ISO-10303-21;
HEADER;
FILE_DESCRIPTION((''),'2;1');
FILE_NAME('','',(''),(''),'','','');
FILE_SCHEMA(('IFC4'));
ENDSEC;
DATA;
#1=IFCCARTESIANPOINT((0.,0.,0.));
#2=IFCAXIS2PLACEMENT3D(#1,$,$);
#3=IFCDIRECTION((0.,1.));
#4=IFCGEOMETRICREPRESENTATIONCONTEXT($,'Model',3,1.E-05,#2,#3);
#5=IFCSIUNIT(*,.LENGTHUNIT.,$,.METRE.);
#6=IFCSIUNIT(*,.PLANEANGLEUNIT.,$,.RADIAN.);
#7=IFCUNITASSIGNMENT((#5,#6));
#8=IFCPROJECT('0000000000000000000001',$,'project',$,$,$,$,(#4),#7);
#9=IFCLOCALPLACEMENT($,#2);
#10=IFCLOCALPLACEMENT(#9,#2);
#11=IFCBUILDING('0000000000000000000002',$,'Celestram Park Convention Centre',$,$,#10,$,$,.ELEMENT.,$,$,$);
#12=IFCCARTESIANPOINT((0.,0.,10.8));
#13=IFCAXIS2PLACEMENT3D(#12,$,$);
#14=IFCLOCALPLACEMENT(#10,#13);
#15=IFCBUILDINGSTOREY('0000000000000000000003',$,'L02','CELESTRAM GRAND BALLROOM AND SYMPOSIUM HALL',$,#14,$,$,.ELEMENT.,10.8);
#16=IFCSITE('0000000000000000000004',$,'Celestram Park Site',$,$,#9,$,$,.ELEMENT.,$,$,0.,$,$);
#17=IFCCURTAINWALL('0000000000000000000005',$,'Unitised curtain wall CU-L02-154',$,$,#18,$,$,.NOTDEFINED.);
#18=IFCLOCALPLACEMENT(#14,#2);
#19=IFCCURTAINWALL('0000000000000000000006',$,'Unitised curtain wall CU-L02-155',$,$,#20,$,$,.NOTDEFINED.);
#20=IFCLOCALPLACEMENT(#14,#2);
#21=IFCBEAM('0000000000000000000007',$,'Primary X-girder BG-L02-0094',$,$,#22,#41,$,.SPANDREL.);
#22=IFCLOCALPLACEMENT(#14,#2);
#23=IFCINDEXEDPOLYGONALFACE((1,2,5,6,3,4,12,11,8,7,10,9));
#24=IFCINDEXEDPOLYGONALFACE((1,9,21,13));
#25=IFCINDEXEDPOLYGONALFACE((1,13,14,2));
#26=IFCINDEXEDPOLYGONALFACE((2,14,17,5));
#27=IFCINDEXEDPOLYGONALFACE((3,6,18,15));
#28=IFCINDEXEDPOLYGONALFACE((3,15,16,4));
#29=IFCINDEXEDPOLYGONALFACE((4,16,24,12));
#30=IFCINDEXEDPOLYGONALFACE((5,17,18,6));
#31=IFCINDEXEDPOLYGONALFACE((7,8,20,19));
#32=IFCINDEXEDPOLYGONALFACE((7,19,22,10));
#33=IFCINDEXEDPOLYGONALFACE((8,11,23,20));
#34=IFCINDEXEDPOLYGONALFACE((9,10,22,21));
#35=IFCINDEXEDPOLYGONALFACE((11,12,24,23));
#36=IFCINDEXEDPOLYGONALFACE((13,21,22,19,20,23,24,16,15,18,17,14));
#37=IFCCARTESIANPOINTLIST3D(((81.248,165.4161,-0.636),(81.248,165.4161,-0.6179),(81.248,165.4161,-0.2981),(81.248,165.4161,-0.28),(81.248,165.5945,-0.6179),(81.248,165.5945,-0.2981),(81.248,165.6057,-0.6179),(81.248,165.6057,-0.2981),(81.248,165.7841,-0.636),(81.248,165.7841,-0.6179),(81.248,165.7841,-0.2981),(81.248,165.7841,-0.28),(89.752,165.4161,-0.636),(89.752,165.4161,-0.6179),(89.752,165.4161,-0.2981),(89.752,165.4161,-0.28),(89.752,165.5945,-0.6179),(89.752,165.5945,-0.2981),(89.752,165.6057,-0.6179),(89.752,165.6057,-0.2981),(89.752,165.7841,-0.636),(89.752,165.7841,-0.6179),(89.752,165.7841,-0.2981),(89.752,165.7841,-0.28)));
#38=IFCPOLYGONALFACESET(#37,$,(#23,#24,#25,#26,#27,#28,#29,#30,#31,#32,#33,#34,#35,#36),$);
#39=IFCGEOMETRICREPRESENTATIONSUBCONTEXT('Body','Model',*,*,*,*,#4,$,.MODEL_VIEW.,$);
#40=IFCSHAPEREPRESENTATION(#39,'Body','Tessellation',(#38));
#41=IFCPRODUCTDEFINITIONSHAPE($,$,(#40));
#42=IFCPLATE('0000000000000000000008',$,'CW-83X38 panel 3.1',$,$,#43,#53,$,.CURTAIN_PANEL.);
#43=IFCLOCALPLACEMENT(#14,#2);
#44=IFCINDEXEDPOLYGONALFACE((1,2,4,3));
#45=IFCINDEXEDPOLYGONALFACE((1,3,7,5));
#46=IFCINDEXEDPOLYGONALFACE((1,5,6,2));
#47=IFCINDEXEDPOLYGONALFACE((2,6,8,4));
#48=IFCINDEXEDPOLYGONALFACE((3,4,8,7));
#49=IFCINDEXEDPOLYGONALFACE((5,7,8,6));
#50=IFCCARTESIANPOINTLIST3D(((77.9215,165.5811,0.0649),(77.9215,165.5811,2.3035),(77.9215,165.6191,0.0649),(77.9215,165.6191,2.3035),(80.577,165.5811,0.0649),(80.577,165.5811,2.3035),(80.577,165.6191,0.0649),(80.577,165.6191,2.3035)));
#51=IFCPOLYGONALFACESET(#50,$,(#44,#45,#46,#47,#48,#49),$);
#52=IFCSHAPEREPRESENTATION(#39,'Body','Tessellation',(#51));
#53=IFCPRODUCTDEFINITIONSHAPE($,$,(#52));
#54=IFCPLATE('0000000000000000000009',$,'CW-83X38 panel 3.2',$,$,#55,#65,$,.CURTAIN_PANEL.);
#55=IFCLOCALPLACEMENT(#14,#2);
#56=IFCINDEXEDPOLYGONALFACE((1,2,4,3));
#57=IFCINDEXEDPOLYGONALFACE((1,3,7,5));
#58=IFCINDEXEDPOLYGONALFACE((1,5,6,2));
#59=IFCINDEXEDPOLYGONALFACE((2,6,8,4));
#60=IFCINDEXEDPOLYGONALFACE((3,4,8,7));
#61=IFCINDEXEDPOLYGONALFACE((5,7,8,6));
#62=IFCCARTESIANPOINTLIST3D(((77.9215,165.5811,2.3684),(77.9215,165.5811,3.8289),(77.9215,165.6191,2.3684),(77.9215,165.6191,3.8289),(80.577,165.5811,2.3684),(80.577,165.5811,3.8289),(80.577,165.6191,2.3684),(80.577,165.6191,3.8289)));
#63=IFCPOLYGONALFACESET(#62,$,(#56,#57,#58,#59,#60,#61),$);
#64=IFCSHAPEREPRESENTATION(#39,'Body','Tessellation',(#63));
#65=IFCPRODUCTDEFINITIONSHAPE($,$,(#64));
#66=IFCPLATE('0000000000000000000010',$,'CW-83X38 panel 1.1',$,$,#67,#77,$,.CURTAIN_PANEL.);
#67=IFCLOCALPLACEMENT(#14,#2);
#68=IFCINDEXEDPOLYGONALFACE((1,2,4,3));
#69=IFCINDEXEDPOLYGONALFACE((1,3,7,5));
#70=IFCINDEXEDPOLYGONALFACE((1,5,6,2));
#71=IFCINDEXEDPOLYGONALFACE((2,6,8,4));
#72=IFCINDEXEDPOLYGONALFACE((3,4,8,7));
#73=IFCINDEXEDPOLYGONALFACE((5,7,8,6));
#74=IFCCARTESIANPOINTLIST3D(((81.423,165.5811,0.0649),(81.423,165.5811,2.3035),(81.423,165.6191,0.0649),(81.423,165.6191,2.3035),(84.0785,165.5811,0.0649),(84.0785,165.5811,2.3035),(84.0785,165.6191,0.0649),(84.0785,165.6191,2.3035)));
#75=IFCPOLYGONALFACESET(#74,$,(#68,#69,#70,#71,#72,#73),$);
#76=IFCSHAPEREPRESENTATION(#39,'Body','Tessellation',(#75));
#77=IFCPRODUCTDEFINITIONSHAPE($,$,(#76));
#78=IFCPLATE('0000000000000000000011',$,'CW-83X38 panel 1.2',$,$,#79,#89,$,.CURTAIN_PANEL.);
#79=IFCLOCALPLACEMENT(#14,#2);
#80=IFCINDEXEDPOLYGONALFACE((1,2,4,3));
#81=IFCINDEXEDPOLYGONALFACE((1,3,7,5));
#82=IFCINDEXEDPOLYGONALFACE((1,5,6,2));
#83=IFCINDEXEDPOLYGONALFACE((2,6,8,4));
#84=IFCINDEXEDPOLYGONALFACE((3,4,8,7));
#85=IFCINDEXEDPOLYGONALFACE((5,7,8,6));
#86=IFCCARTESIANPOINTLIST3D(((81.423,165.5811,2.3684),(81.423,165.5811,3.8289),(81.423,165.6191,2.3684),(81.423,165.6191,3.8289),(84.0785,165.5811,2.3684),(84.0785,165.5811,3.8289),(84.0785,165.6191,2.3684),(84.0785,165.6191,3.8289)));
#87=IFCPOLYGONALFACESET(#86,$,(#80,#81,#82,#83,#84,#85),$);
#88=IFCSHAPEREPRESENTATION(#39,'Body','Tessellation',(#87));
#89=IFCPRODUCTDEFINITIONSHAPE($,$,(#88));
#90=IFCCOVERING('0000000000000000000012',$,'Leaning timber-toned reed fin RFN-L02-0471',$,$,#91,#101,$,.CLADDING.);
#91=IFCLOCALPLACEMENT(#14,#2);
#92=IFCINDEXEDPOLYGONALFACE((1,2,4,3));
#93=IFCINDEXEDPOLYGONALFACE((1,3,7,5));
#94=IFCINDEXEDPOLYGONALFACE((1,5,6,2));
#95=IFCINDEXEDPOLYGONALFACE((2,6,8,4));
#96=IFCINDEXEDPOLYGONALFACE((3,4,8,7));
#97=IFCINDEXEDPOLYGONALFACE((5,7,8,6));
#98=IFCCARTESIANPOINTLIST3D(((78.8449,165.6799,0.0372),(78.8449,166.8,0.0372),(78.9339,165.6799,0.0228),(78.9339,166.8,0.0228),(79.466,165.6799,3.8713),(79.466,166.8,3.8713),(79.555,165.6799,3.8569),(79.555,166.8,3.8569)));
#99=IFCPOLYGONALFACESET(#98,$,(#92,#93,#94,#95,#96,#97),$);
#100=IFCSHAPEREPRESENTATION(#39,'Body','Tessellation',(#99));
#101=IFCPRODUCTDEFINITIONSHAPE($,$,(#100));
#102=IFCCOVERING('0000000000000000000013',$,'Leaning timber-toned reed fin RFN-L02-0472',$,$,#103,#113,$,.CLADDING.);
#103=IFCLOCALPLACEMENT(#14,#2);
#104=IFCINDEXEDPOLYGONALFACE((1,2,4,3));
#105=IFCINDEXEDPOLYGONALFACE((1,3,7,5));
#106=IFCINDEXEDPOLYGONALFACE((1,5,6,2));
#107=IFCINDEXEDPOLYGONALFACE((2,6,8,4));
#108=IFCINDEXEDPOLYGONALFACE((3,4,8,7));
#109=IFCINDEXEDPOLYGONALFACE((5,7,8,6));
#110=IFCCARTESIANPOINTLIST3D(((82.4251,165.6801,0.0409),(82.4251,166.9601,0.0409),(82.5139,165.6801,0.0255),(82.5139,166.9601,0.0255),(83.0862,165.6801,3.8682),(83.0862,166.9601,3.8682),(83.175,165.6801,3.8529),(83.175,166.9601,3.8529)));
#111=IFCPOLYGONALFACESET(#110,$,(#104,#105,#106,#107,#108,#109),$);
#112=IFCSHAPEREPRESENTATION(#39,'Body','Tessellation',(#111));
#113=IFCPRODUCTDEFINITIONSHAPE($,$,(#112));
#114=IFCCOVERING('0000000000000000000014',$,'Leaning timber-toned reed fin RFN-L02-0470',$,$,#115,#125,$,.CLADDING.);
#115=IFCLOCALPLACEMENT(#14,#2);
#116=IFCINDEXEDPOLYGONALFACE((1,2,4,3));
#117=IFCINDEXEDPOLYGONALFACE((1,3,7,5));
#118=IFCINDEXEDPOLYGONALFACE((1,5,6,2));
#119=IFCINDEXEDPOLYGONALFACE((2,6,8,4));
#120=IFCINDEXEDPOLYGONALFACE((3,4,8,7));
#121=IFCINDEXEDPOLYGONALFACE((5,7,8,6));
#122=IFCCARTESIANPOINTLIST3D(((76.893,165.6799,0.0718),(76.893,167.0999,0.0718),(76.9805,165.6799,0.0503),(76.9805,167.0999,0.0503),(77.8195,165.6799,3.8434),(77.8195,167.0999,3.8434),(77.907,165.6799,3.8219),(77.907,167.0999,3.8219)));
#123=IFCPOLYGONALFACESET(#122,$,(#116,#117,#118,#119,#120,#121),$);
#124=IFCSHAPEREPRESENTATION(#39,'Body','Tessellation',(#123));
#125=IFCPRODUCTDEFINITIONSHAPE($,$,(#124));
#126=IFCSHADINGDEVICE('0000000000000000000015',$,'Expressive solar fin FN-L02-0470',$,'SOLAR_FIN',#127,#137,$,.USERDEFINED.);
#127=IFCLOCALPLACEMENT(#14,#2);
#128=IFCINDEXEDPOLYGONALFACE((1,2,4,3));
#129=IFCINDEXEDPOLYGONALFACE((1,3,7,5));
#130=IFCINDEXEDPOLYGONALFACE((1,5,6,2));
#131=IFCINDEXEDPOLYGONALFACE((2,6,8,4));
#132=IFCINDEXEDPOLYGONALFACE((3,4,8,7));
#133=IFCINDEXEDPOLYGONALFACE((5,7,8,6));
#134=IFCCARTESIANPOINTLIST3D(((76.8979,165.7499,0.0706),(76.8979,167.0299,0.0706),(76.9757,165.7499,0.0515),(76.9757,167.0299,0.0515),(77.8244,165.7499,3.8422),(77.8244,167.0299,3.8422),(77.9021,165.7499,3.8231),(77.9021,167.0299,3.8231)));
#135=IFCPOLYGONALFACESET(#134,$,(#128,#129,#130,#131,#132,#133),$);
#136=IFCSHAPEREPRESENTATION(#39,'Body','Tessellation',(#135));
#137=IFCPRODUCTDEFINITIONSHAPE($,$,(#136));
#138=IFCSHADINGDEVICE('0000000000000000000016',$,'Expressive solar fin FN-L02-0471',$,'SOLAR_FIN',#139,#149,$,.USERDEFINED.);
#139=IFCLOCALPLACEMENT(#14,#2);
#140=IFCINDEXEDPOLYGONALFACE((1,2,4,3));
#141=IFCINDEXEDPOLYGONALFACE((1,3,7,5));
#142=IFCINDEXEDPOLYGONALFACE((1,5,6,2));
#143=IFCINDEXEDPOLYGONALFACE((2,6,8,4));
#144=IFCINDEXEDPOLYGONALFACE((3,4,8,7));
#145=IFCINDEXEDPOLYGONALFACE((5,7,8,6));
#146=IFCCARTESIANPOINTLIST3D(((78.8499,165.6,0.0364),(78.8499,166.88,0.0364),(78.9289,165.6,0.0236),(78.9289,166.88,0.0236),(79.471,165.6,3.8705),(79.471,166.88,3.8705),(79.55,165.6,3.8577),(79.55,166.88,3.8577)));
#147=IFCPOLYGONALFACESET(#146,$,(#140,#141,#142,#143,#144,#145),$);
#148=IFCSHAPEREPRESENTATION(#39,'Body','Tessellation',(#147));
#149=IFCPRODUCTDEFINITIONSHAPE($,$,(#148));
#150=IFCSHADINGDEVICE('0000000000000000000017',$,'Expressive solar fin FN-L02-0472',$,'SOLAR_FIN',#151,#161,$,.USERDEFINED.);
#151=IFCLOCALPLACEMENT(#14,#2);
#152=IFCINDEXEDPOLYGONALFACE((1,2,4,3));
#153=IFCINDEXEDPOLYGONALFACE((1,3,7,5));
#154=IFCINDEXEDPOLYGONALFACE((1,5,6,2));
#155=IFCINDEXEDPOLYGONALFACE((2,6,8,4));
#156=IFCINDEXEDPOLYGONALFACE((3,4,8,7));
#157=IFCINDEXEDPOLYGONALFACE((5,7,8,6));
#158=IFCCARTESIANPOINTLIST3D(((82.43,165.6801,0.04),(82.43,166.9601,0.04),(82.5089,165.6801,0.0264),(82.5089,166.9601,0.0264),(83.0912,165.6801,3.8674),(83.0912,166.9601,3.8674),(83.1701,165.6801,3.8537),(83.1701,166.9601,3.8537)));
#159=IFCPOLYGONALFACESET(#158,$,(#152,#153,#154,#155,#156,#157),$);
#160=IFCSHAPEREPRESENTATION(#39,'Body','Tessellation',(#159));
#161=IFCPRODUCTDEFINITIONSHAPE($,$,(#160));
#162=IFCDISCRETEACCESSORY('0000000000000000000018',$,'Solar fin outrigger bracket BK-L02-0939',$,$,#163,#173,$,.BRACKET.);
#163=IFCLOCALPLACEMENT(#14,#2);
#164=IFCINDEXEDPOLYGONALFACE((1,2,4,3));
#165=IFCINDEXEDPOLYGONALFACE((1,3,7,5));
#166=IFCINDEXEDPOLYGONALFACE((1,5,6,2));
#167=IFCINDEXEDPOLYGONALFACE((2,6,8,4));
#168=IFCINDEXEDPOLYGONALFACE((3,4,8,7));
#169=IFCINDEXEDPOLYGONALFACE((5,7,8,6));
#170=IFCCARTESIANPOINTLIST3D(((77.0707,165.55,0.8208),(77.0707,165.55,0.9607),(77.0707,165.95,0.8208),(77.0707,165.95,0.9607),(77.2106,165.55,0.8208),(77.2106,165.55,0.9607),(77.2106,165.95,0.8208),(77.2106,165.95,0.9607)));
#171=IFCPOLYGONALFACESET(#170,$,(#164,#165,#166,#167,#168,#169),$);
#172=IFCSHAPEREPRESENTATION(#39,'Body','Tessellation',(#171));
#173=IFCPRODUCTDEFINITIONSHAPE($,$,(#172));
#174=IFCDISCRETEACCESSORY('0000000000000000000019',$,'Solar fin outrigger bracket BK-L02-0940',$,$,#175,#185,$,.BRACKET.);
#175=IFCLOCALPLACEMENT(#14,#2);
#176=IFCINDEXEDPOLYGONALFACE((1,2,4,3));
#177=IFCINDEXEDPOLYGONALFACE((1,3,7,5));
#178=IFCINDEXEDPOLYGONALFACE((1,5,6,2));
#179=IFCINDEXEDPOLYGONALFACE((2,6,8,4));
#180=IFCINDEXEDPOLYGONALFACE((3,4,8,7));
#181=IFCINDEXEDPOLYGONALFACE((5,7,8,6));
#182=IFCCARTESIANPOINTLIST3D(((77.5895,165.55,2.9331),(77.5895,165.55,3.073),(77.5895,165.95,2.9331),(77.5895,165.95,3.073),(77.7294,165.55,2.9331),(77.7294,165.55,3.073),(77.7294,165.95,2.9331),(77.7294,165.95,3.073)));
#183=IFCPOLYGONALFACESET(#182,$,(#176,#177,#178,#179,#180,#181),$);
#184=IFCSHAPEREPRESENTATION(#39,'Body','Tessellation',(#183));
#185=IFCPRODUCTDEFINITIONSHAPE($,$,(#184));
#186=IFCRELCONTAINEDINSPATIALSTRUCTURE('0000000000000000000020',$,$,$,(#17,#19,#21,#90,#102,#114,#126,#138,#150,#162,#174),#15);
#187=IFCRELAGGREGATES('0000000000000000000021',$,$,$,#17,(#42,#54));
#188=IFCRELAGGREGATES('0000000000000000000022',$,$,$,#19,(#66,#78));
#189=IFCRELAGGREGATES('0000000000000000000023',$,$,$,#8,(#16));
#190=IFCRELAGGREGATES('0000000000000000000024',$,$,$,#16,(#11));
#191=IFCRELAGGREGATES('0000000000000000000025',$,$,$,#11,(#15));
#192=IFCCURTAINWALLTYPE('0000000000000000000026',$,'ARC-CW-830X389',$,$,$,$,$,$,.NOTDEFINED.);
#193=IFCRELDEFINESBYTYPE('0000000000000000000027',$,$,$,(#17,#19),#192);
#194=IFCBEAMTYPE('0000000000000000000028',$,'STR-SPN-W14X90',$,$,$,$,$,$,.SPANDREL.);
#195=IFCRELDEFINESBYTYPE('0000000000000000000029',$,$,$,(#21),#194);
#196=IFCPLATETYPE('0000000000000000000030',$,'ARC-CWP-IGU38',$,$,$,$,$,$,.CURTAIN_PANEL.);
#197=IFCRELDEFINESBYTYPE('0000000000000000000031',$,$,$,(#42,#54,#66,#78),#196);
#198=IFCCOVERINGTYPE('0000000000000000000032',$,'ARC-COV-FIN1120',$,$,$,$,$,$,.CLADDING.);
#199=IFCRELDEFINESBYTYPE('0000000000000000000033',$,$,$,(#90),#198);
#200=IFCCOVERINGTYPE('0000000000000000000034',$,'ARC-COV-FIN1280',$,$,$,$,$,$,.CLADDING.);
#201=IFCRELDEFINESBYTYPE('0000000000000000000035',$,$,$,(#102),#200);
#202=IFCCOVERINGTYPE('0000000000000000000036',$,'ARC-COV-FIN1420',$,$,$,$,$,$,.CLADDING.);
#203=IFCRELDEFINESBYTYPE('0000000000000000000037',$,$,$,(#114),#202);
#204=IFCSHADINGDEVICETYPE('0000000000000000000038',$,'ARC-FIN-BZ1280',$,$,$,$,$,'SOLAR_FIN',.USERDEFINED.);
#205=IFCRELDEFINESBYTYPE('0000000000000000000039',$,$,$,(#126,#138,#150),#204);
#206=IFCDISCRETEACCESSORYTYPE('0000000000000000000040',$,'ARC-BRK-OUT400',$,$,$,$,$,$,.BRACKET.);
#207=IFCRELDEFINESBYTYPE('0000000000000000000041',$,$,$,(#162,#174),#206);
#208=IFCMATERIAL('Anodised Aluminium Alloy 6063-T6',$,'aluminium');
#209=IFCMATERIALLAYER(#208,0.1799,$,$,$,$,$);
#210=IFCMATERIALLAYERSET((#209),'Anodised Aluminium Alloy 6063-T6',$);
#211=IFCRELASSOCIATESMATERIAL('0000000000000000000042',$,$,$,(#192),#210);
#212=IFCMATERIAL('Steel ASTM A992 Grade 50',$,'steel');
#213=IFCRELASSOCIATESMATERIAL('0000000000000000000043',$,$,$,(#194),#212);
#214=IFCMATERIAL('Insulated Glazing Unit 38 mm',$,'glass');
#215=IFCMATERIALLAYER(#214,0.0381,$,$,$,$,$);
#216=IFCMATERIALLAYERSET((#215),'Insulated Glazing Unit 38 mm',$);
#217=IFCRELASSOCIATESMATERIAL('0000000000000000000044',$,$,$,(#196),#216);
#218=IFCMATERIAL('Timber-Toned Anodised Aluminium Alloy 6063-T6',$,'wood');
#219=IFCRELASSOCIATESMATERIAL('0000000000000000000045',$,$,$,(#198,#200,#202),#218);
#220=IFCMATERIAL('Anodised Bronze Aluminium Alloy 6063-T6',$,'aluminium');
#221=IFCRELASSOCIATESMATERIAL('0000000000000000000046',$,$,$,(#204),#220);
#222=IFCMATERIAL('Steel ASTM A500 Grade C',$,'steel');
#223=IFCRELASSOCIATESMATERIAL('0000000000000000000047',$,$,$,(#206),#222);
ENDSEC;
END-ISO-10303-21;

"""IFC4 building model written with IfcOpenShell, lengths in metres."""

from ifc_helpers import new_model, si_unit, direction, frame, origin, origin_2d, place, context, subcontext, project, spatial, rectangle, i_section, extrude, material, layer, layer_set, material_profile, profile_set, type_object, element, aggregate, save


model = new_model("IFC4")

# Units and contexts
model_context = context("Model", 3, precision=1e-05, world=origin(), true_north=direction((0.0, 1.0)))
body_context = subcontext(model_context, "Body", "Model", "MODEL_VIEW")
ifc_project = project(units=[si_unit("LENGTHUNIT", "METRE"), si_unit("PLANEANGLEUNIT", "RADIAN")], contexts=[model_context])

# Site, building, storey
site_placement = place(None, origin())
site = spatial("IfcSite", under=ifc_project, at=site_placement, Name="Celestram Park Site", CompositionType="ELEMENT", RefElevation=0.0)
building_placement = place(site_placement, origin())
building = spatial("IfcBuilding", under=site, at=building_placement, Name="Celestram Park Convention Centre", CompositionType="ELEMENT")
storey_placement = place(building_placement, frame((0.0, 0.0, 10.8)))
storey = spatial("IfcBuildingStorey", under=building, at=storey_placement, Name="L02", Description="CELESTRAM GRAND BALLROOM AND SYMPOSIUM HALL", CompositionType="ELEMENT", Elevation=10.8)

# Curtain wall
ifc_material_1 = material(Name="Anodised Aluminium Alloy 6063-T6", Category="aluminium")
ifc_layer_1 = layer(ifc_material_1, 0.1799)
ifc_layer_set_1 = layer_set([ifc_layer_1], Name="Anodised Aluminium Alloy 6063-T6")
curtain_wall_type = type_object("IfcCurtainWallType", Name="ARC-CW-830X389", PredefinedType="NOTDEFINED", material=ifc_layer_set_1)
curtain_wall_1_placement = place(storey_placement, origin())
curtain_wall_1 = element("IfcCurtainWall", 1, at=curtain_wall_1_placement, inside=storey, type_object=curtain_wall_type, Name="Unitised curtain wall CU-L02-154", PredefinedType="NOTDEFINED")

# Curtain wall
curtain_wall_2_placement = place(storey_placement, origin())
curtain_wall_2 = element("IfcCurtainWall", 2, at=curtain_wall_2_placement, inside=storey, type_object=curtain_wall_type, Name="Unitised curtain wall CU-L02-155", PredefinedType="NOTDEFINED")

# Beam
ifc_material_2 = material(Name="Steel ASTM A992 Grade 50", Category="steel")
ifc_material_profile_1 = material_profile(ifc_material_2, i_section(OverallWidth=0.3679, OverallDepth=0.356, WebThickness=0.0112, FlangeThickness=0.0181, at=origin_2d()), Name="W14X90")
ifc_profile_set_1 = profile_set([ifc_material_profile_1], Name="Steel ASTM A992 Grade 50")
beam_type = type_object("IfcBeamType", Name="STR-SPN-W14X90", PredefinedType="SPANDREL", material=ifc_profile_set_1)
beam_placement = place(storey_placement, frame((81.248, 165.6001, -0.458), z_axis=(1.0, 0.0, 0.0), x_axis=(0.0, 1.0, 0.0)))
element("IfcBeam", 3, at=beam_placement, inside=storey, type_object=beam_type, Name="Primary X-girder BG-L02-0094", PredefinedType="SPANDREL", context=body_context, shape_type="SweptSolid", body=[
    extrude(i_section(OverallWidth=0.3679, OverallDepth=0.356, WebThickness=0.0112, FlangeThickness=0.0181, at=origin_2d()), origin(), (0.0, 0.0, 1.0), 8.5039),
])

# Plates
ifc_material_3 = material(Name="Insulated Glazing Unit 38 mm", Category="glass")
ifc_layer_2 = layer(ifc_material_3, 0.0381)
ifc_layer_set_2 = layer_set([ifc_layer_2], Name="Insulated Glazing Unit 38 mm")
plate_type = type_object("IfcPlateType", Name="ARC-CWP-IGU38", PredefinedType="CURTAIN_PANEL", material=ifc_layer_set_2)
plate_1_placement = place(storey_placement, frame((79.2493, 165.6001, 0.0649), z_axis=(0.0, 0.0, 1.0), x_axis=(1.0, 0.0, 0.0)))
plate_1 = element("IfcPlate", 4, at=plate_1_placement, type_object=plate_type, Name="CW-83X38 panel 3.1", PredefinedType="CURTAIN_PANEL", context=body_context, shape_type="SweptSolid", body=[
    extrude(rectangle(XDim=2.6555, YDim=0.0381, at=origin_2d()), origin(), (0.0, 0.0, 1.0), 2.2385),
])
plate_2_placement = place(storey_placement, frame((79.2493, 165.6001, 2.3684), z_axis=(0.0, 0.0, 1.0), x_axis=(1.0, 0.0, 0.0)))
plate_2 = element("IfcPlate", 5, at=plate_2_placement, type_object=plate_type, Name="CW-83X38 panel 3.2", PredefinedType="CURTAIN_PANEL", context=body_context, shape_type="SweptSolid", body=[
    extrude(rectangle(XDim=2.6555, YDim=0.0381, at=origin_2d()), origin(), (0.0, 0.0, 1.0), 1.4604),
])
aggregate(curtain_wall_1, [plate_1, plate_2])
plate_3_placement = place(storey_placement, frame((82.7507, 165.6001, 0.0649), z_axis=(0.0, 0.0, 1.0), x_axis=(1.0, 0.0, 0.0)))
plate_3 = element("IfcPlate", 6, at=plate_3_placement, type_object=plate_type, Name="CW-83X38 panel 1.1", PredefinedType="CURTAIN_PANEL", context=body_context, shape_type="SweptSolid", body=[
    extrude(rectangle(XDim=2.6555, YDim=0.0381, at=origin_2d()), origin(), (0.0, 0.0, 1.0), 2.2385),
])
plate_4_placement = place(storey_placement, frame((82.7507, 165.6001, 2.3684), z_axis=(0.0, 0.0, 1.0), x_axis=(1.0, 0.0, 0.0)))
plate_4 = element("IfcPlate", 7, at=plate_4_placement, type_object=plate_type, Name="CW-83X38 panel 1.2", PredefinedType="CURTAIN_PANEL", context=body_context, shape_type="SweptSolid", body=[
    extrude(rectangle(XDim=2.6555, YDim=0.0381, at=origin_2d()), origin(), (0.0, 0.0, 1.0), 1.4604),
])
aggregate(curtain_wall_2, [plate_3, plate_4])

# Coverings
ifc_material_4 = material(Name="Timber-Toned Anodised Aluminium Alloy 6063-T6", Category="wood")
ifc_material_profile_2 = material_profile(ifc_material_4, rectangle(XDim=1.1201, YDim=0.0901, at=origin_2d()), Name="REED1120X90")
ifc_profile_set_2 = profile_set([ifc_material_profile_2], Name="Timber-Toned Anodised Aluminium Alloy 6063-T6")
covering_type_1 = type_object("IfcCoveringType", Name="ARC-COV-FIN1120", PredefinedType="CLADDING", material=ifc_profile_set_2)
covering_1_placement = place(storey_placement, frame((78.8894, 166.24, 0.03), z_axis=(0.159912, 0.0, 0.987131), x_axis=(0.0, 1.0, 0.0)))
element("IfcCovering", 8, at=covering_1_placement, inside=storey, type_object=covering_type_1, Name="Leaning timber-toned reed fin RFN-L02-0471", PredefinedType="CLADDING", context=body_context, shape_type="SweptSolid", body=[
    extrude(rectangle(XDim=1.1201, YDim=0.0901, at=origin_2d()), origin(), (0.0, 0.0, 1.0), 3.884),
])
ifc_material_profile_3 = material_profile(ifc_material_4, rectangle(XDim=1.28, YDim=0.0901, at=origin_2d()), Name="REED1280X90")
ifc_profile_set_3 = profile_set([ifc_material_profile_3], Name="Timber-Toned Anodised Aluminium Alloy 6063-T6")
covering_type_2 = type_object("IfcCoveringType", Name="ARC-COV-FIN1280", PredefinedType="CLADDING", material=ifc_profile_set_3)
covering_2_placement = place(storey_placement, frame((82.4695, 166.3201, 0.0332), z_axis=(0.170216, 0.0, 0.985407), x_axis=(0.0, 1.0, 0.0)))
element("IfcCovering", 9, at=covering_2_placement, inside=storey, type_object=covering_type_2, Name="Leaning timber-toned reed fin RFN-L02-0472", PredefinedType="CLADDING", context=body_context, shape_type="SweptSolid", body=[
    extrude(rectangle(XDim=1.28, YDim=0.0901, at=origin_2d()), origin(), (0.0, 0.0, 1.0), 3.884),
])
ifc_material_profile_4 = material_profile(ifc_material_4, rectangle(XDim=1.4199, YDim=0.0901, at=origin_2d()), Name="REED1420X90")
ifc_profile_set_4 = profile_set([ifc_material_profile_4], Name="Timber-Toned Anodised Aluminium Alloy 6063-T6")
covering_type_3 = type_object("IfcCoveringType", Name="ARC-COV-FIN1420", PredefinedType="CLADDING", material=ifc_profile_set_4)
covering_3_placement = place(storey_placement, frame((76.9368, 166.3899, 0.061), z_axis=(0.238555, 0.0, 0.971129), x_axis=(0.0, 1.0, 0.0)))
element("IfcCovering", 10, at=covering_3_placement, inside=storey, type_object=covering_type_3, Name="Leaning timber-toned reed fin RFN-L02-0470", PredefinedType="CLADDING", context=body_context, shape_type="SweptSolid", body=[
    extrude(rectangle(XDim=1.4199, YDim=0.0901, at=origin_2d()), origin(), (0.0, 0.0, 1.0), 3.8838),
])

# Shading devices
ifc_material_5 = material(Name="Anodised Bronze Aluminium Alloy 6063-T6", Category="aluminium")
ifc_material_profile_5 = material_profile(ifc_material_5, rectangle(XDim=1.28, YDim=0.0801, at=origin_2d()), Name="FIN1280X80")
ifc_profile_set_5 = profile_set([ifc_material_profile_5], Name="Anodised Bronze Aluminium Alloy 6063-T6")
shading_device_type = type_object("IfcShadingDeviceType", Name="ARC-FIN-BZ1280", ElementType="SOLAR_FIN", PredefinedType="USERDEFINED", material=ifc_profile_set_5)
shading_device_placement = place(storey_placement, frame((76.9368, 166.3899, 0.061), z_axis=(0.238555, 0.0, 0.971129), x_axis=(0.0, 1.0, 0.0)))
element("IfcShadingDevice", 11, at=shading_device_placement, inside=storey, type_object=shading_device_type, Name="Expressive solar fin FN-L02-0470", ObjectType="SOLAR_FIN", PredefinedType="USERDEFINED", context=body_context, shape_type="SweptSolid", body=[
    extrude(rectangle(XDim=1.28, YDim=0.0801, at=origin_2d()), origin(), (0.0, 0.0, 1.0), 3.8838),
])
for number, where, z_axis, x_axis, name in (
    (12, (78.8894, 166.24, 0.03), (0.159912, 0.0, 0.987131), (0.0, 1.0, 0.0), "Expressive solar fin FN-L02-0471"),
    (13, (82.4695, 166.3201, 0.0332), (0.170216, 0.0, 0.985407), (0.0, 1.0, 0.0), "Expressive solar fin FN-L02-0472"),
):
    element("IfcShadingDevice", number, at=place(storey_placement, frame(where, z_axis=z_axis, x_axis=x_axis)), inside=storey, type_object=shading_device_type, Name=name, ObjectType="SOLAR_FIN", PredefinedType="USERDEFINED", context=body_context, shape_type="SweptSolid", body=[
        extrude(rectangle(XDim=1.28, YDim=0.0801, at=origin_2d()), origin(), (0.0, 0.0, 1.0), 3.884),
    ])

# Discrete accessories
ifc_material_6 = material(Name="Steel ASTM A500 Grade C", Category="steel")
discrete_accessory_type = type_object("IfcDiscreteAccessoryType", Name="ARC-BRK-OUT400", PredefinedType="BRACKET", material=ifc_material_6)
for number, where, z_axis, x_axis, name in (
    (14, (77.1406, 165.75, 0.8208), (0.0, 0.0, 1.0), (0.0, 1.0, 0.0), "Solar fin outrigger bracket BK-L02-0939"),
    (15, (77.6594, 165.75, 2.9331), (0.0, 0.0, 1.0), (0.0, 1.0, 0.0), "Solar fin outrigger bracket BK-L02-0940"),
):
    element("IfcDiscreteAccessory", number, at=place(storey_placement, frame(where, z_axis=z_axis, x_axis=x_axis)), inside=storey, type_object=discrete_accessory_type, Name=name, PredefinedType="BRACKET", context=body_context, shape_type="SweptSolid", body=[
        extrude(rectangle(XDim=0.3999, YDim=0.1399, at=origin_2d()), origin(), (0.0, 0.0, 1.0), 0.1399),
    ])

save(model, "model.ifc")
